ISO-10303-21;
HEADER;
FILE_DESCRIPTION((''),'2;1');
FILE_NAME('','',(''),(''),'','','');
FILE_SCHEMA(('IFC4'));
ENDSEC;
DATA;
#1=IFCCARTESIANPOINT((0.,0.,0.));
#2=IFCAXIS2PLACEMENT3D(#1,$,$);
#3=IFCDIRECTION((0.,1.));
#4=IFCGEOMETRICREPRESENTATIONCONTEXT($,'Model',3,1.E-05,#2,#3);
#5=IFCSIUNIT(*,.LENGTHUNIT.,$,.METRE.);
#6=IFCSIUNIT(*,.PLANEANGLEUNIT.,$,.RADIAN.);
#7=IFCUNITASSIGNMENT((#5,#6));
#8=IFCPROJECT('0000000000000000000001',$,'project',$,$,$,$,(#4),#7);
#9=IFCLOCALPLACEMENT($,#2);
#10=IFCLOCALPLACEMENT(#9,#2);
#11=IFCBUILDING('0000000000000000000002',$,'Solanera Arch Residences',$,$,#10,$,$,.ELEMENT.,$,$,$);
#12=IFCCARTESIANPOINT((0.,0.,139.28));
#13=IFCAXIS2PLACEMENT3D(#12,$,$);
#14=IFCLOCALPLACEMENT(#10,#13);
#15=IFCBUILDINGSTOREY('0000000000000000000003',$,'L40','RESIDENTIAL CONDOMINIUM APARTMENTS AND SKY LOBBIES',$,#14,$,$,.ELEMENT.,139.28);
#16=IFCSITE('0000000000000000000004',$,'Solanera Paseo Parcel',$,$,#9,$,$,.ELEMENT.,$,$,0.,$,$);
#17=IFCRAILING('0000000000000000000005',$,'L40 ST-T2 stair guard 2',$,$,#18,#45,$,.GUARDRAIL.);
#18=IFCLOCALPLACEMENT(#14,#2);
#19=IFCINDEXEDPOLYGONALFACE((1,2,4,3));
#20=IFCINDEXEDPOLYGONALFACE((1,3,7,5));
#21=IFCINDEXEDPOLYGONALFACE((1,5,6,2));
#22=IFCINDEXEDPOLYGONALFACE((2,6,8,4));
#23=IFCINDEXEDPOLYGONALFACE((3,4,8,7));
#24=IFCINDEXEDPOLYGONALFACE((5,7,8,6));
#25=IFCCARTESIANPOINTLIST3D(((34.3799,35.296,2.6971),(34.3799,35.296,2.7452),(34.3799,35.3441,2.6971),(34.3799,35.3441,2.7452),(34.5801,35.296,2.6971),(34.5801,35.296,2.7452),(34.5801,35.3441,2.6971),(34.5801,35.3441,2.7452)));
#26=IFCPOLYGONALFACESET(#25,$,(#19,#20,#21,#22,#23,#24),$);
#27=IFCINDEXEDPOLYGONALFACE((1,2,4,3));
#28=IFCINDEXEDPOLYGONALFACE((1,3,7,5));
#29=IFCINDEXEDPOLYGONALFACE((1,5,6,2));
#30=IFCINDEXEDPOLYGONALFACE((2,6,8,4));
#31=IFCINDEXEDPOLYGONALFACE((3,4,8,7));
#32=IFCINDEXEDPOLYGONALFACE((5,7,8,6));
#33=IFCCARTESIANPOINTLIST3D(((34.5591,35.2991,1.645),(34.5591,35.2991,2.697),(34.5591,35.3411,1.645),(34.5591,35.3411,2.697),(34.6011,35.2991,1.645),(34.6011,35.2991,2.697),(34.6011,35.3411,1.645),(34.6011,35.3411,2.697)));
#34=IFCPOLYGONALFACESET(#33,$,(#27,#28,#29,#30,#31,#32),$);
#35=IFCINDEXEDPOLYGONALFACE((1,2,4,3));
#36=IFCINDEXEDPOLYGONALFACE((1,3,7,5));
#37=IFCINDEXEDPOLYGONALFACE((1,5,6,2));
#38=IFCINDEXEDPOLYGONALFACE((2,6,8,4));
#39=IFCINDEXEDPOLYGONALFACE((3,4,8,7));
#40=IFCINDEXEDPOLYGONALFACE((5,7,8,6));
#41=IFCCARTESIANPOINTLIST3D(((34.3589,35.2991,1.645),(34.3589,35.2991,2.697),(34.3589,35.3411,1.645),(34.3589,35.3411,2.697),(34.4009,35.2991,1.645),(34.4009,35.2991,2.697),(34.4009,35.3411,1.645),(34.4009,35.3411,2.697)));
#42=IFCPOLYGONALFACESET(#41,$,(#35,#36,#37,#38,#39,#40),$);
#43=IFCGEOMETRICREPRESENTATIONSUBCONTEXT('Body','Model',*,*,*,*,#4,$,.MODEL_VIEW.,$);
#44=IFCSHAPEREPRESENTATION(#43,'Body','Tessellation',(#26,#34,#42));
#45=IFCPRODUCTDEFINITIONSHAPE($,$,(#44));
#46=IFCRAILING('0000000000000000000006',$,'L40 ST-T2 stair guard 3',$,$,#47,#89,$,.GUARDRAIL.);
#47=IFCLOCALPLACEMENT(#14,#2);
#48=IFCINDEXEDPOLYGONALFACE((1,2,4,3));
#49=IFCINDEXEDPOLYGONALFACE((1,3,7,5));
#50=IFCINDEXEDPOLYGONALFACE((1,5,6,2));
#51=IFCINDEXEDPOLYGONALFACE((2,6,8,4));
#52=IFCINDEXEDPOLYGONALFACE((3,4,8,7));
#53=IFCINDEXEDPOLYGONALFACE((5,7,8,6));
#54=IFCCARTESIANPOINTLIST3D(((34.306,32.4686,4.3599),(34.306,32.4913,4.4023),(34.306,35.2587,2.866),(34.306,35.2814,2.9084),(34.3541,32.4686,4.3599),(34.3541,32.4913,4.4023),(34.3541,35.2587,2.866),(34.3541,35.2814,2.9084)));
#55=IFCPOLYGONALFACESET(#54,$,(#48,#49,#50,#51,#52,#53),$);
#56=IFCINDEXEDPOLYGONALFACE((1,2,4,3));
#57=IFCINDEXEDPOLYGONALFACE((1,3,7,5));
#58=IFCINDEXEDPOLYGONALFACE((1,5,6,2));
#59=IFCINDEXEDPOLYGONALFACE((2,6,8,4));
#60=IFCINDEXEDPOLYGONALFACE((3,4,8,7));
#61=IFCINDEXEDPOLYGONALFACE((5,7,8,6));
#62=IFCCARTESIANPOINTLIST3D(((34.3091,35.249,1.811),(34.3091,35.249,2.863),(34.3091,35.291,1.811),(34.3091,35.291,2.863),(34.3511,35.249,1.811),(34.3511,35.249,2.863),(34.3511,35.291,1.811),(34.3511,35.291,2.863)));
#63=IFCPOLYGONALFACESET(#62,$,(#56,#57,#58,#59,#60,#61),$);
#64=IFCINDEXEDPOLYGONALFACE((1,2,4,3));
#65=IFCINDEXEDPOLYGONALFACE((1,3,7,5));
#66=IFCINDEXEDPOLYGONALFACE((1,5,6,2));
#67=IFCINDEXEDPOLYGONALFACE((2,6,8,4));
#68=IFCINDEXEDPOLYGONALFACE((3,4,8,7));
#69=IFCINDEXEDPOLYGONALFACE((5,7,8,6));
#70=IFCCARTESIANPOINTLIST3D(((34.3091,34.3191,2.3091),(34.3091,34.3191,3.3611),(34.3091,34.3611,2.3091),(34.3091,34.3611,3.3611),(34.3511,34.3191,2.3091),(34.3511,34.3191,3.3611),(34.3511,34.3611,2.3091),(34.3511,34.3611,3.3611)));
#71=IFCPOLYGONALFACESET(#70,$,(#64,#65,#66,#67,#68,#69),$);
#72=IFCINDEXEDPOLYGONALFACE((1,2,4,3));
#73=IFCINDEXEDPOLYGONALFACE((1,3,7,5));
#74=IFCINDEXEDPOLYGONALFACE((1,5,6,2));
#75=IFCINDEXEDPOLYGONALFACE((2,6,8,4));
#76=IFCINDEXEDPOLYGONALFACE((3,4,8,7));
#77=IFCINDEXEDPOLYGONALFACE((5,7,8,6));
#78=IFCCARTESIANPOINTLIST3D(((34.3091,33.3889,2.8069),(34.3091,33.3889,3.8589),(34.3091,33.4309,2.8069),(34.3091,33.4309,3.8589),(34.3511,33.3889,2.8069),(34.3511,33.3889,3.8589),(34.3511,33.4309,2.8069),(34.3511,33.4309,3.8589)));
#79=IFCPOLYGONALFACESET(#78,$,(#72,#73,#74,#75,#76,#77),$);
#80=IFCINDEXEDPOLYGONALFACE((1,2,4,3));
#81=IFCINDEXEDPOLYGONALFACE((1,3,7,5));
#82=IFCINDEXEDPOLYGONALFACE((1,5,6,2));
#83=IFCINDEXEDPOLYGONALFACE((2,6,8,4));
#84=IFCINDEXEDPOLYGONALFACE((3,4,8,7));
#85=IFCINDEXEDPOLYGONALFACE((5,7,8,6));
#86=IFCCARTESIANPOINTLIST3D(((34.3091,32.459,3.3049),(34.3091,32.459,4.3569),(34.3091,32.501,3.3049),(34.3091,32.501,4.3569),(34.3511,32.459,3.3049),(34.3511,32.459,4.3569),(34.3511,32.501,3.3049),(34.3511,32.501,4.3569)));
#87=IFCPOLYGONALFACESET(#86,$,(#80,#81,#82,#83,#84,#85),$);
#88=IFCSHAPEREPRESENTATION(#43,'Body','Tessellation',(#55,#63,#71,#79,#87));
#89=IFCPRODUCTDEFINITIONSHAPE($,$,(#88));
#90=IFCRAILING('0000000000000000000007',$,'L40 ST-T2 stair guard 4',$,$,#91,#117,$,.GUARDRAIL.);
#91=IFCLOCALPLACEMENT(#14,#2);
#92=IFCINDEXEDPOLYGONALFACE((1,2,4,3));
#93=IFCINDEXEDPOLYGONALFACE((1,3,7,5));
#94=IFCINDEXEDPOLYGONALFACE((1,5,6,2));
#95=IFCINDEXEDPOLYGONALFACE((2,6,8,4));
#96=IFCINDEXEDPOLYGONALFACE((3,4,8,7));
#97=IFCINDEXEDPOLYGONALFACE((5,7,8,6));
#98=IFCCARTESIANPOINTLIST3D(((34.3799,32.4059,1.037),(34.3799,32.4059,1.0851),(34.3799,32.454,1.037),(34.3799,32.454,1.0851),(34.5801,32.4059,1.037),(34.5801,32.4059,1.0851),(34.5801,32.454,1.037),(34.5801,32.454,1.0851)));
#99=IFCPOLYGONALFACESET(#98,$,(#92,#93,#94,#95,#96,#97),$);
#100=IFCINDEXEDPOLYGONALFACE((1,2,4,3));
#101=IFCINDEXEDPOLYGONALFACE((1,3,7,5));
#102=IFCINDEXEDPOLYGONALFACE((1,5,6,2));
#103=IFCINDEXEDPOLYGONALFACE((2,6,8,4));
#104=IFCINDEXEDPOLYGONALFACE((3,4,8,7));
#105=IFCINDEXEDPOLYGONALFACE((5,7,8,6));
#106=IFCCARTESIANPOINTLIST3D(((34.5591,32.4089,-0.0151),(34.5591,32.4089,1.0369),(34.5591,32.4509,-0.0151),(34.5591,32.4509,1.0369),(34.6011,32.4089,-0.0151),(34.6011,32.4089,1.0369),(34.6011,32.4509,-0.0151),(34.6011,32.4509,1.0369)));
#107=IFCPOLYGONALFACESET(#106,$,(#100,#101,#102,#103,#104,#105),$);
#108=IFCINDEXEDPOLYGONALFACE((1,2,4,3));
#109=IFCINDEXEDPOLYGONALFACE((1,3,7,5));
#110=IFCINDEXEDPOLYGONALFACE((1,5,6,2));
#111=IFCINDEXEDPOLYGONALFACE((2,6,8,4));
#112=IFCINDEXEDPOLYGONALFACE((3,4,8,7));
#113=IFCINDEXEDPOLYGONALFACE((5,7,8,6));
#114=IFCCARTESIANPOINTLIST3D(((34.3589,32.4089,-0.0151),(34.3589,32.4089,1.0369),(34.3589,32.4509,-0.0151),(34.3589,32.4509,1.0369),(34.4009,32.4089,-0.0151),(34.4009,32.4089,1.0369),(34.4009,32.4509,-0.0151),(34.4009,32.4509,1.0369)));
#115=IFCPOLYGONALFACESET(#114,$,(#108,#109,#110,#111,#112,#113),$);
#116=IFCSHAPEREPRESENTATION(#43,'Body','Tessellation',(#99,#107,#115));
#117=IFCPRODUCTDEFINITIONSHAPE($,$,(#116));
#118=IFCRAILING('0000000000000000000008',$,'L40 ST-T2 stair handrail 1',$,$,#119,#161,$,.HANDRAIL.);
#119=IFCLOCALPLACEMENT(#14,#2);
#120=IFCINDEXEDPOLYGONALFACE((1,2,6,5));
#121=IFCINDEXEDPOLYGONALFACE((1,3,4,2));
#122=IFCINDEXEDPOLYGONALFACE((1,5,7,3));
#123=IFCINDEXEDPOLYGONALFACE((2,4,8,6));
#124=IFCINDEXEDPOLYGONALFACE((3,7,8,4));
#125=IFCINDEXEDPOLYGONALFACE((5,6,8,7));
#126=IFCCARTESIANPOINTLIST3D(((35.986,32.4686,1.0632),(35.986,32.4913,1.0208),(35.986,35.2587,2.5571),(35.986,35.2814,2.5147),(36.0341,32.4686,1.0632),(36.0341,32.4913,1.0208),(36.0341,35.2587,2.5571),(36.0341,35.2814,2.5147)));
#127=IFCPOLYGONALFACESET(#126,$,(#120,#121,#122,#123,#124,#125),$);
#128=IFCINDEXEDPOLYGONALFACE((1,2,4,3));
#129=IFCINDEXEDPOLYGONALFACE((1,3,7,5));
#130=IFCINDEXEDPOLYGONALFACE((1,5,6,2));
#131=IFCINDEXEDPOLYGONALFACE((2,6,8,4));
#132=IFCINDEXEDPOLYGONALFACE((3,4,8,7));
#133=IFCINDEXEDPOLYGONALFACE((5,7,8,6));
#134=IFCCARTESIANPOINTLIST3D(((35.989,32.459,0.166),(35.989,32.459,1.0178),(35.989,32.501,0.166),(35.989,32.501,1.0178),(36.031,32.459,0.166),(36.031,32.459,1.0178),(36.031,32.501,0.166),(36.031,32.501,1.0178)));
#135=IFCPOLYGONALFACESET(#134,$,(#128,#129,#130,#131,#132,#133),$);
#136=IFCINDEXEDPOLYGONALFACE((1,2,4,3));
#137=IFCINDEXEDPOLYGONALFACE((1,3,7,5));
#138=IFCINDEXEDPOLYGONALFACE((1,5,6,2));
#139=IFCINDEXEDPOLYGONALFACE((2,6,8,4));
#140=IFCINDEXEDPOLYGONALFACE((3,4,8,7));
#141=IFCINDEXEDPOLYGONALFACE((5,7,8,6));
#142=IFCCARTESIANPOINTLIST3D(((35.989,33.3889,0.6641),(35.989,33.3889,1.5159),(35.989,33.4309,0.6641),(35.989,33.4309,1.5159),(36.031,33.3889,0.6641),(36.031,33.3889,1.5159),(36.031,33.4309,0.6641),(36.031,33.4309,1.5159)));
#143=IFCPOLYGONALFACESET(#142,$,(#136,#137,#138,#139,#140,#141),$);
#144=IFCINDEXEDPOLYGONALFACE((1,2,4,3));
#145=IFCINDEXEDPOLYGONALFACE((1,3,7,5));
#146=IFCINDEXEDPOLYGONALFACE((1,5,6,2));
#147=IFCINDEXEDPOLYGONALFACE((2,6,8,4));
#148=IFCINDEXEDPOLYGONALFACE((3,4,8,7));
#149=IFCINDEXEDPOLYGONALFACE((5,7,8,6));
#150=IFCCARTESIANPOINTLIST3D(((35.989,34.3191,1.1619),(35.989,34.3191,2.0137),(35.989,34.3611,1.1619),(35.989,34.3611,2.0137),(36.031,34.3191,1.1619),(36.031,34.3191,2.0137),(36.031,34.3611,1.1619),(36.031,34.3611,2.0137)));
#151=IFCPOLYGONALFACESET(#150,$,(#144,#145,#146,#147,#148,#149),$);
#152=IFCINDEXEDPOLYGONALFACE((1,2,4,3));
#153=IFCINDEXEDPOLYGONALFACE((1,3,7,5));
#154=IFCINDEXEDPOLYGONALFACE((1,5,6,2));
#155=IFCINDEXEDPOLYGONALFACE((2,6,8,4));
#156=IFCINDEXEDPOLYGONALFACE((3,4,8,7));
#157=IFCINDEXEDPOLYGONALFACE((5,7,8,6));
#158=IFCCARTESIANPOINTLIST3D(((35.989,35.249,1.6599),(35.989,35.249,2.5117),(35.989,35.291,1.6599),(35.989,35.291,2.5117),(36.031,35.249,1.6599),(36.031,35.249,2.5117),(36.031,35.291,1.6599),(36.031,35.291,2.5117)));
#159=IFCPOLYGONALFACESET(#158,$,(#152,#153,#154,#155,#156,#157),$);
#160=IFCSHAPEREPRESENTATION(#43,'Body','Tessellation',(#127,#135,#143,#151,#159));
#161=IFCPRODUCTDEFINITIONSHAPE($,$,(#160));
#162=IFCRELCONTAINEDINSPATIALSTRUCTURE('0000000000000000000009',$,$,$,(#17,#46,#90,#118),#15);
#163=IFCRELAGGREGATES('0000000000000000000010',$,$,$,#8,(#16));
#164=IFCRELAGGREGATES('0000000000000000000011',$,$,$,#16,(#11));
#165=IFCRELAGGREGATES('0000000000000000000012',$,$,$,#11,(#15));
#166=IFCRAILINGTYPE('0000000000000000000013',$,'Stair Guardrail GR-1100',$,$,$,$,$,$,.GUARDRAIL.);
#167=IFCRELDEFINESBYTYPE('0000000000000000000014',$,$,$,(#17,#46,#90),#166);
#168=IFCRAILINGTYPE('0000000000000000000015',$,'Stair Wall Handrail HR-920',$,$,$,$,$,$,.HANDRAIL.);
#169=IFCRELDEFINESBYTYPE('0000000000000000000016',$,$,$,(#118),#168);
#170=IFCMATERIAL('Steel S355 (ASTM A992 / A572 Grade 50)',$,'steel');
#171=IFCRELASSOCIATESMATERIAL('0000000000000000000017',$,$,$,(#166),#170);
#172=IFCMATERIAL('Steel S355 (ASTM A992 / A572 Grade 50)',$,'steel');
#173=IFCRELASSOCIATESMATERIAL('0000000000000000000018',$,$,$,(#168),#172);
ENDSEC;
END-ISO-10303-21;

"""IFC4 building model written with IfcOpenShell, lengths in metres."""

from ifc_helpers import new_model, si_unit, direction, frame, origin, origin_2d, place, context, subcontext, project, spatial, rectangle, extrude, material, type_object, element, save


model = new_model("IFC4")

# Units and contexts
model_context = context("Model", 3, precision=1e-05, world=origin(), true_north=direction((0.0, 1.0)))
body_context = subcontext(model_context, "Body", "Model", "MODEL_VIEW")
ifc_project = project(units=[si_unit("LENGTHUNIT", "METRE"), si_unit("PLANEANGLEUNIT", "RADIAN")], contexts=[model_context])

# Site, building, storey
site_placement = place(None, origin())
site = spatial("IfcSite", under=ifc_project, at=site_placement, Name="Solanera Paseo Parcel", CompositionType="ELEMENT", RefElevation=0.0)
building_placement = place(site_placement, origin())
building = spatial("IfcBuilding", under=site, at=building_placement, Name="Solanera Arch Residences", CompositionType="ELEMENT")
storey_placement = place(building_placement, frame((0.0, 0.0, 139.28)))
storey = spatial("IfcBuildingStorey", under=building, at=storey_placement, Name="L40", Description="RESIDENTIAL CONDOMINIUM APARTMENTS AND SKY LOBBIES", CompositionType="ELEMENT", Elevation=139.28)

# Railings
ifc_material_1 = material(Name="Steel S355 (ASTM A992 / A572 Grade 50)", Category="steel")
railing_type_1 = type_object("IfcRailingType", Name="Stair Guardrail GR-1100", PredefinedType="GUARDRAIL", material=ifc_material_1)
railing_1_placement = place(storey_placement, frame((34.5801, 35.3201, 1.645)))
element("IfcRailing", 1, at=railing_1_placement, inside=storey, type_object=railing_type_1, Name="L40 ST-T2 stair guard 2", PredefinedType="GUARDRAIL", context=body_context, shape_type="SweptSolid", body=[
    extrude(rectangle(XDim=0.0481, YDim=0.0481, at=origin_2d()), frame((0.0, 0.0, 1.0762), z_axis=(-1.0, 0.0, 0.0), x_axis=(0.0, -1.0, 0.0)), (0.0, 0.0, 1.0), 0.2002),
    extrude(rectangle(XDim=0.042, YDim=0.042, at=origin_2d()), origin(), (0.0, 0.0, 1.0), 1.052),
    extrude(rectangle(XDim=0.042, YDim=0.042, at=origin_2d()), frame((-0.2002, 0.0, 0.0)), (0.0, 0.0, 1.0), 1.052),
])
railing_2_placement = place(storey_placement, frame((34.3301, 35.27, 1.811)))
element("IfcRailing", 2, at=railing_2_placement, inside=storey, type_object=railing_type_1, Name="L40 ST-T2 stair guard 3", PredefinedType="GUARDRAIL", context=body_context, shape_type="SweptSolid", body=[
    extrude(rectangle(XDim=0.0481, YDim=0.0481, at=origin_2d()), frame((0.0, 0.0, 1.0762), z_axis=(0.0, -0.881581, 0.472033), x_axis=(1.0, 0.0, 0.0)), (0.0, 0.0, 1.0), 3.1648),
    extrude(rectangle(XDim=0.042, YDim=0.042, at=origin_2d()), origin(), (0.0, 0.0, 1.0), 1.052),
    extrude(rectangle(XDim=0.042, YDim=0.042, at=origin_2d()), frame((0.0, -0.9299, 0.498)), (0.0, 0.0, 1.0), 1.052),
    extrude(rectangle(XDim=0.042, YDim=0.042, at=origin_2d()), frame((0.0, -1.8601, 0.9958)), (0.0, 0.0, 1.0), 1.052),
    extrude(rectangle(XDim=0.042, YDim=0.042, at=origin_2d()), frame((0.0, -2.79, 1.4939)), (0.0, 0.0, 1.0), 1.052),
])
railing_3_placement = place(storey_placement, frame((34.5801, 32.4299, -0.0151)))
element("IfcRailing", 3, at=railing_3_placement, inside=storey, type_object=railing_type_1, Name="L40 ST-T2 stair guard 4", PredefinedType="GUARDRAIL", context=body_context, shape_type="SweptSolid", body=[
    extrude(rectangle(XDim=0.0481, YDim=0.0481, at=origin_2d()), frame((0.0, 0.0, 1.0762), z_axis=(-1.0, 0.0, 0.0), x_axis=(0.0, -1.0, 0.0)), (0.0, 0.0, 1.0), 0.2002),
    extrude(rectangle(XDim=0.042, YDim=0.042, at=origin_2d()), origin(), (0.0, 0.0, 1.0), 1.052),
    extrude(rectangle(XDim=0.042, YDim=0.042, at=origin_2d()), frame((-0.2002, 0.0, 0.0)), (0.0, 0.0, 1.0), 1.052),
])
ifc_material_2 = material(Name="Steel S355 (ASTM A992 / A572 Grade 50)", Category="steel")
railing_type_2 = type_object("IfcRailingType", Name="Stair Wall Handrail HR-920", PredefinedType="HANDRAIL", material=ifc_material_2)
railing_4_placement = place(storey_placement, frame((36.01, 32.48, 0.166)))
element("IfcRailing", 4, at=railing_4_placement, inside=storey, type_object=railing_type_2, Name="L40 ST-T2 stair handrail 1", PredefinedType="HANDRAIL", context=body_context, shape_type="SweptSolid", body=[
    extrude(rectangle(XDim=0.0481, YDim=0.0481, at=origin_2d()), frame((0.0, 0.0, 0.876), z_axis=(0.0, 0.881581, 0.472033), x_axis=(-1.0, 0.0, 0.0)), (0.0, 0.0, 1.0), 3.1648),
    extrude(rectangle(XDim=0.042, YDim=0.042, at=origin_2d()), origin(), (0.0, 0.0, 1.0), 0.8518),
    extrude(rectangle(XDim=0.042, YDim=0.042, at=origin_2d()), frame((0.0, 0.9299, 0.498)), (0.0, 0.0, 1.0), 0.8518),
    extrude(rectangle(XDim=0.042, YDim=0.042, at=origin_2d()), frame((0.0, 1.8601, 0.9958)), (0.0, 0.0, 1.0), 0.8518),
    extrude(rectangle(XDim=0.042, YDim=0.042, at=origin_2d()), frame((0.0, 2.79, 1.4939)), (0.0, 0.0, 1.0), 0.8518),
])

save(model, "model.ifc")
